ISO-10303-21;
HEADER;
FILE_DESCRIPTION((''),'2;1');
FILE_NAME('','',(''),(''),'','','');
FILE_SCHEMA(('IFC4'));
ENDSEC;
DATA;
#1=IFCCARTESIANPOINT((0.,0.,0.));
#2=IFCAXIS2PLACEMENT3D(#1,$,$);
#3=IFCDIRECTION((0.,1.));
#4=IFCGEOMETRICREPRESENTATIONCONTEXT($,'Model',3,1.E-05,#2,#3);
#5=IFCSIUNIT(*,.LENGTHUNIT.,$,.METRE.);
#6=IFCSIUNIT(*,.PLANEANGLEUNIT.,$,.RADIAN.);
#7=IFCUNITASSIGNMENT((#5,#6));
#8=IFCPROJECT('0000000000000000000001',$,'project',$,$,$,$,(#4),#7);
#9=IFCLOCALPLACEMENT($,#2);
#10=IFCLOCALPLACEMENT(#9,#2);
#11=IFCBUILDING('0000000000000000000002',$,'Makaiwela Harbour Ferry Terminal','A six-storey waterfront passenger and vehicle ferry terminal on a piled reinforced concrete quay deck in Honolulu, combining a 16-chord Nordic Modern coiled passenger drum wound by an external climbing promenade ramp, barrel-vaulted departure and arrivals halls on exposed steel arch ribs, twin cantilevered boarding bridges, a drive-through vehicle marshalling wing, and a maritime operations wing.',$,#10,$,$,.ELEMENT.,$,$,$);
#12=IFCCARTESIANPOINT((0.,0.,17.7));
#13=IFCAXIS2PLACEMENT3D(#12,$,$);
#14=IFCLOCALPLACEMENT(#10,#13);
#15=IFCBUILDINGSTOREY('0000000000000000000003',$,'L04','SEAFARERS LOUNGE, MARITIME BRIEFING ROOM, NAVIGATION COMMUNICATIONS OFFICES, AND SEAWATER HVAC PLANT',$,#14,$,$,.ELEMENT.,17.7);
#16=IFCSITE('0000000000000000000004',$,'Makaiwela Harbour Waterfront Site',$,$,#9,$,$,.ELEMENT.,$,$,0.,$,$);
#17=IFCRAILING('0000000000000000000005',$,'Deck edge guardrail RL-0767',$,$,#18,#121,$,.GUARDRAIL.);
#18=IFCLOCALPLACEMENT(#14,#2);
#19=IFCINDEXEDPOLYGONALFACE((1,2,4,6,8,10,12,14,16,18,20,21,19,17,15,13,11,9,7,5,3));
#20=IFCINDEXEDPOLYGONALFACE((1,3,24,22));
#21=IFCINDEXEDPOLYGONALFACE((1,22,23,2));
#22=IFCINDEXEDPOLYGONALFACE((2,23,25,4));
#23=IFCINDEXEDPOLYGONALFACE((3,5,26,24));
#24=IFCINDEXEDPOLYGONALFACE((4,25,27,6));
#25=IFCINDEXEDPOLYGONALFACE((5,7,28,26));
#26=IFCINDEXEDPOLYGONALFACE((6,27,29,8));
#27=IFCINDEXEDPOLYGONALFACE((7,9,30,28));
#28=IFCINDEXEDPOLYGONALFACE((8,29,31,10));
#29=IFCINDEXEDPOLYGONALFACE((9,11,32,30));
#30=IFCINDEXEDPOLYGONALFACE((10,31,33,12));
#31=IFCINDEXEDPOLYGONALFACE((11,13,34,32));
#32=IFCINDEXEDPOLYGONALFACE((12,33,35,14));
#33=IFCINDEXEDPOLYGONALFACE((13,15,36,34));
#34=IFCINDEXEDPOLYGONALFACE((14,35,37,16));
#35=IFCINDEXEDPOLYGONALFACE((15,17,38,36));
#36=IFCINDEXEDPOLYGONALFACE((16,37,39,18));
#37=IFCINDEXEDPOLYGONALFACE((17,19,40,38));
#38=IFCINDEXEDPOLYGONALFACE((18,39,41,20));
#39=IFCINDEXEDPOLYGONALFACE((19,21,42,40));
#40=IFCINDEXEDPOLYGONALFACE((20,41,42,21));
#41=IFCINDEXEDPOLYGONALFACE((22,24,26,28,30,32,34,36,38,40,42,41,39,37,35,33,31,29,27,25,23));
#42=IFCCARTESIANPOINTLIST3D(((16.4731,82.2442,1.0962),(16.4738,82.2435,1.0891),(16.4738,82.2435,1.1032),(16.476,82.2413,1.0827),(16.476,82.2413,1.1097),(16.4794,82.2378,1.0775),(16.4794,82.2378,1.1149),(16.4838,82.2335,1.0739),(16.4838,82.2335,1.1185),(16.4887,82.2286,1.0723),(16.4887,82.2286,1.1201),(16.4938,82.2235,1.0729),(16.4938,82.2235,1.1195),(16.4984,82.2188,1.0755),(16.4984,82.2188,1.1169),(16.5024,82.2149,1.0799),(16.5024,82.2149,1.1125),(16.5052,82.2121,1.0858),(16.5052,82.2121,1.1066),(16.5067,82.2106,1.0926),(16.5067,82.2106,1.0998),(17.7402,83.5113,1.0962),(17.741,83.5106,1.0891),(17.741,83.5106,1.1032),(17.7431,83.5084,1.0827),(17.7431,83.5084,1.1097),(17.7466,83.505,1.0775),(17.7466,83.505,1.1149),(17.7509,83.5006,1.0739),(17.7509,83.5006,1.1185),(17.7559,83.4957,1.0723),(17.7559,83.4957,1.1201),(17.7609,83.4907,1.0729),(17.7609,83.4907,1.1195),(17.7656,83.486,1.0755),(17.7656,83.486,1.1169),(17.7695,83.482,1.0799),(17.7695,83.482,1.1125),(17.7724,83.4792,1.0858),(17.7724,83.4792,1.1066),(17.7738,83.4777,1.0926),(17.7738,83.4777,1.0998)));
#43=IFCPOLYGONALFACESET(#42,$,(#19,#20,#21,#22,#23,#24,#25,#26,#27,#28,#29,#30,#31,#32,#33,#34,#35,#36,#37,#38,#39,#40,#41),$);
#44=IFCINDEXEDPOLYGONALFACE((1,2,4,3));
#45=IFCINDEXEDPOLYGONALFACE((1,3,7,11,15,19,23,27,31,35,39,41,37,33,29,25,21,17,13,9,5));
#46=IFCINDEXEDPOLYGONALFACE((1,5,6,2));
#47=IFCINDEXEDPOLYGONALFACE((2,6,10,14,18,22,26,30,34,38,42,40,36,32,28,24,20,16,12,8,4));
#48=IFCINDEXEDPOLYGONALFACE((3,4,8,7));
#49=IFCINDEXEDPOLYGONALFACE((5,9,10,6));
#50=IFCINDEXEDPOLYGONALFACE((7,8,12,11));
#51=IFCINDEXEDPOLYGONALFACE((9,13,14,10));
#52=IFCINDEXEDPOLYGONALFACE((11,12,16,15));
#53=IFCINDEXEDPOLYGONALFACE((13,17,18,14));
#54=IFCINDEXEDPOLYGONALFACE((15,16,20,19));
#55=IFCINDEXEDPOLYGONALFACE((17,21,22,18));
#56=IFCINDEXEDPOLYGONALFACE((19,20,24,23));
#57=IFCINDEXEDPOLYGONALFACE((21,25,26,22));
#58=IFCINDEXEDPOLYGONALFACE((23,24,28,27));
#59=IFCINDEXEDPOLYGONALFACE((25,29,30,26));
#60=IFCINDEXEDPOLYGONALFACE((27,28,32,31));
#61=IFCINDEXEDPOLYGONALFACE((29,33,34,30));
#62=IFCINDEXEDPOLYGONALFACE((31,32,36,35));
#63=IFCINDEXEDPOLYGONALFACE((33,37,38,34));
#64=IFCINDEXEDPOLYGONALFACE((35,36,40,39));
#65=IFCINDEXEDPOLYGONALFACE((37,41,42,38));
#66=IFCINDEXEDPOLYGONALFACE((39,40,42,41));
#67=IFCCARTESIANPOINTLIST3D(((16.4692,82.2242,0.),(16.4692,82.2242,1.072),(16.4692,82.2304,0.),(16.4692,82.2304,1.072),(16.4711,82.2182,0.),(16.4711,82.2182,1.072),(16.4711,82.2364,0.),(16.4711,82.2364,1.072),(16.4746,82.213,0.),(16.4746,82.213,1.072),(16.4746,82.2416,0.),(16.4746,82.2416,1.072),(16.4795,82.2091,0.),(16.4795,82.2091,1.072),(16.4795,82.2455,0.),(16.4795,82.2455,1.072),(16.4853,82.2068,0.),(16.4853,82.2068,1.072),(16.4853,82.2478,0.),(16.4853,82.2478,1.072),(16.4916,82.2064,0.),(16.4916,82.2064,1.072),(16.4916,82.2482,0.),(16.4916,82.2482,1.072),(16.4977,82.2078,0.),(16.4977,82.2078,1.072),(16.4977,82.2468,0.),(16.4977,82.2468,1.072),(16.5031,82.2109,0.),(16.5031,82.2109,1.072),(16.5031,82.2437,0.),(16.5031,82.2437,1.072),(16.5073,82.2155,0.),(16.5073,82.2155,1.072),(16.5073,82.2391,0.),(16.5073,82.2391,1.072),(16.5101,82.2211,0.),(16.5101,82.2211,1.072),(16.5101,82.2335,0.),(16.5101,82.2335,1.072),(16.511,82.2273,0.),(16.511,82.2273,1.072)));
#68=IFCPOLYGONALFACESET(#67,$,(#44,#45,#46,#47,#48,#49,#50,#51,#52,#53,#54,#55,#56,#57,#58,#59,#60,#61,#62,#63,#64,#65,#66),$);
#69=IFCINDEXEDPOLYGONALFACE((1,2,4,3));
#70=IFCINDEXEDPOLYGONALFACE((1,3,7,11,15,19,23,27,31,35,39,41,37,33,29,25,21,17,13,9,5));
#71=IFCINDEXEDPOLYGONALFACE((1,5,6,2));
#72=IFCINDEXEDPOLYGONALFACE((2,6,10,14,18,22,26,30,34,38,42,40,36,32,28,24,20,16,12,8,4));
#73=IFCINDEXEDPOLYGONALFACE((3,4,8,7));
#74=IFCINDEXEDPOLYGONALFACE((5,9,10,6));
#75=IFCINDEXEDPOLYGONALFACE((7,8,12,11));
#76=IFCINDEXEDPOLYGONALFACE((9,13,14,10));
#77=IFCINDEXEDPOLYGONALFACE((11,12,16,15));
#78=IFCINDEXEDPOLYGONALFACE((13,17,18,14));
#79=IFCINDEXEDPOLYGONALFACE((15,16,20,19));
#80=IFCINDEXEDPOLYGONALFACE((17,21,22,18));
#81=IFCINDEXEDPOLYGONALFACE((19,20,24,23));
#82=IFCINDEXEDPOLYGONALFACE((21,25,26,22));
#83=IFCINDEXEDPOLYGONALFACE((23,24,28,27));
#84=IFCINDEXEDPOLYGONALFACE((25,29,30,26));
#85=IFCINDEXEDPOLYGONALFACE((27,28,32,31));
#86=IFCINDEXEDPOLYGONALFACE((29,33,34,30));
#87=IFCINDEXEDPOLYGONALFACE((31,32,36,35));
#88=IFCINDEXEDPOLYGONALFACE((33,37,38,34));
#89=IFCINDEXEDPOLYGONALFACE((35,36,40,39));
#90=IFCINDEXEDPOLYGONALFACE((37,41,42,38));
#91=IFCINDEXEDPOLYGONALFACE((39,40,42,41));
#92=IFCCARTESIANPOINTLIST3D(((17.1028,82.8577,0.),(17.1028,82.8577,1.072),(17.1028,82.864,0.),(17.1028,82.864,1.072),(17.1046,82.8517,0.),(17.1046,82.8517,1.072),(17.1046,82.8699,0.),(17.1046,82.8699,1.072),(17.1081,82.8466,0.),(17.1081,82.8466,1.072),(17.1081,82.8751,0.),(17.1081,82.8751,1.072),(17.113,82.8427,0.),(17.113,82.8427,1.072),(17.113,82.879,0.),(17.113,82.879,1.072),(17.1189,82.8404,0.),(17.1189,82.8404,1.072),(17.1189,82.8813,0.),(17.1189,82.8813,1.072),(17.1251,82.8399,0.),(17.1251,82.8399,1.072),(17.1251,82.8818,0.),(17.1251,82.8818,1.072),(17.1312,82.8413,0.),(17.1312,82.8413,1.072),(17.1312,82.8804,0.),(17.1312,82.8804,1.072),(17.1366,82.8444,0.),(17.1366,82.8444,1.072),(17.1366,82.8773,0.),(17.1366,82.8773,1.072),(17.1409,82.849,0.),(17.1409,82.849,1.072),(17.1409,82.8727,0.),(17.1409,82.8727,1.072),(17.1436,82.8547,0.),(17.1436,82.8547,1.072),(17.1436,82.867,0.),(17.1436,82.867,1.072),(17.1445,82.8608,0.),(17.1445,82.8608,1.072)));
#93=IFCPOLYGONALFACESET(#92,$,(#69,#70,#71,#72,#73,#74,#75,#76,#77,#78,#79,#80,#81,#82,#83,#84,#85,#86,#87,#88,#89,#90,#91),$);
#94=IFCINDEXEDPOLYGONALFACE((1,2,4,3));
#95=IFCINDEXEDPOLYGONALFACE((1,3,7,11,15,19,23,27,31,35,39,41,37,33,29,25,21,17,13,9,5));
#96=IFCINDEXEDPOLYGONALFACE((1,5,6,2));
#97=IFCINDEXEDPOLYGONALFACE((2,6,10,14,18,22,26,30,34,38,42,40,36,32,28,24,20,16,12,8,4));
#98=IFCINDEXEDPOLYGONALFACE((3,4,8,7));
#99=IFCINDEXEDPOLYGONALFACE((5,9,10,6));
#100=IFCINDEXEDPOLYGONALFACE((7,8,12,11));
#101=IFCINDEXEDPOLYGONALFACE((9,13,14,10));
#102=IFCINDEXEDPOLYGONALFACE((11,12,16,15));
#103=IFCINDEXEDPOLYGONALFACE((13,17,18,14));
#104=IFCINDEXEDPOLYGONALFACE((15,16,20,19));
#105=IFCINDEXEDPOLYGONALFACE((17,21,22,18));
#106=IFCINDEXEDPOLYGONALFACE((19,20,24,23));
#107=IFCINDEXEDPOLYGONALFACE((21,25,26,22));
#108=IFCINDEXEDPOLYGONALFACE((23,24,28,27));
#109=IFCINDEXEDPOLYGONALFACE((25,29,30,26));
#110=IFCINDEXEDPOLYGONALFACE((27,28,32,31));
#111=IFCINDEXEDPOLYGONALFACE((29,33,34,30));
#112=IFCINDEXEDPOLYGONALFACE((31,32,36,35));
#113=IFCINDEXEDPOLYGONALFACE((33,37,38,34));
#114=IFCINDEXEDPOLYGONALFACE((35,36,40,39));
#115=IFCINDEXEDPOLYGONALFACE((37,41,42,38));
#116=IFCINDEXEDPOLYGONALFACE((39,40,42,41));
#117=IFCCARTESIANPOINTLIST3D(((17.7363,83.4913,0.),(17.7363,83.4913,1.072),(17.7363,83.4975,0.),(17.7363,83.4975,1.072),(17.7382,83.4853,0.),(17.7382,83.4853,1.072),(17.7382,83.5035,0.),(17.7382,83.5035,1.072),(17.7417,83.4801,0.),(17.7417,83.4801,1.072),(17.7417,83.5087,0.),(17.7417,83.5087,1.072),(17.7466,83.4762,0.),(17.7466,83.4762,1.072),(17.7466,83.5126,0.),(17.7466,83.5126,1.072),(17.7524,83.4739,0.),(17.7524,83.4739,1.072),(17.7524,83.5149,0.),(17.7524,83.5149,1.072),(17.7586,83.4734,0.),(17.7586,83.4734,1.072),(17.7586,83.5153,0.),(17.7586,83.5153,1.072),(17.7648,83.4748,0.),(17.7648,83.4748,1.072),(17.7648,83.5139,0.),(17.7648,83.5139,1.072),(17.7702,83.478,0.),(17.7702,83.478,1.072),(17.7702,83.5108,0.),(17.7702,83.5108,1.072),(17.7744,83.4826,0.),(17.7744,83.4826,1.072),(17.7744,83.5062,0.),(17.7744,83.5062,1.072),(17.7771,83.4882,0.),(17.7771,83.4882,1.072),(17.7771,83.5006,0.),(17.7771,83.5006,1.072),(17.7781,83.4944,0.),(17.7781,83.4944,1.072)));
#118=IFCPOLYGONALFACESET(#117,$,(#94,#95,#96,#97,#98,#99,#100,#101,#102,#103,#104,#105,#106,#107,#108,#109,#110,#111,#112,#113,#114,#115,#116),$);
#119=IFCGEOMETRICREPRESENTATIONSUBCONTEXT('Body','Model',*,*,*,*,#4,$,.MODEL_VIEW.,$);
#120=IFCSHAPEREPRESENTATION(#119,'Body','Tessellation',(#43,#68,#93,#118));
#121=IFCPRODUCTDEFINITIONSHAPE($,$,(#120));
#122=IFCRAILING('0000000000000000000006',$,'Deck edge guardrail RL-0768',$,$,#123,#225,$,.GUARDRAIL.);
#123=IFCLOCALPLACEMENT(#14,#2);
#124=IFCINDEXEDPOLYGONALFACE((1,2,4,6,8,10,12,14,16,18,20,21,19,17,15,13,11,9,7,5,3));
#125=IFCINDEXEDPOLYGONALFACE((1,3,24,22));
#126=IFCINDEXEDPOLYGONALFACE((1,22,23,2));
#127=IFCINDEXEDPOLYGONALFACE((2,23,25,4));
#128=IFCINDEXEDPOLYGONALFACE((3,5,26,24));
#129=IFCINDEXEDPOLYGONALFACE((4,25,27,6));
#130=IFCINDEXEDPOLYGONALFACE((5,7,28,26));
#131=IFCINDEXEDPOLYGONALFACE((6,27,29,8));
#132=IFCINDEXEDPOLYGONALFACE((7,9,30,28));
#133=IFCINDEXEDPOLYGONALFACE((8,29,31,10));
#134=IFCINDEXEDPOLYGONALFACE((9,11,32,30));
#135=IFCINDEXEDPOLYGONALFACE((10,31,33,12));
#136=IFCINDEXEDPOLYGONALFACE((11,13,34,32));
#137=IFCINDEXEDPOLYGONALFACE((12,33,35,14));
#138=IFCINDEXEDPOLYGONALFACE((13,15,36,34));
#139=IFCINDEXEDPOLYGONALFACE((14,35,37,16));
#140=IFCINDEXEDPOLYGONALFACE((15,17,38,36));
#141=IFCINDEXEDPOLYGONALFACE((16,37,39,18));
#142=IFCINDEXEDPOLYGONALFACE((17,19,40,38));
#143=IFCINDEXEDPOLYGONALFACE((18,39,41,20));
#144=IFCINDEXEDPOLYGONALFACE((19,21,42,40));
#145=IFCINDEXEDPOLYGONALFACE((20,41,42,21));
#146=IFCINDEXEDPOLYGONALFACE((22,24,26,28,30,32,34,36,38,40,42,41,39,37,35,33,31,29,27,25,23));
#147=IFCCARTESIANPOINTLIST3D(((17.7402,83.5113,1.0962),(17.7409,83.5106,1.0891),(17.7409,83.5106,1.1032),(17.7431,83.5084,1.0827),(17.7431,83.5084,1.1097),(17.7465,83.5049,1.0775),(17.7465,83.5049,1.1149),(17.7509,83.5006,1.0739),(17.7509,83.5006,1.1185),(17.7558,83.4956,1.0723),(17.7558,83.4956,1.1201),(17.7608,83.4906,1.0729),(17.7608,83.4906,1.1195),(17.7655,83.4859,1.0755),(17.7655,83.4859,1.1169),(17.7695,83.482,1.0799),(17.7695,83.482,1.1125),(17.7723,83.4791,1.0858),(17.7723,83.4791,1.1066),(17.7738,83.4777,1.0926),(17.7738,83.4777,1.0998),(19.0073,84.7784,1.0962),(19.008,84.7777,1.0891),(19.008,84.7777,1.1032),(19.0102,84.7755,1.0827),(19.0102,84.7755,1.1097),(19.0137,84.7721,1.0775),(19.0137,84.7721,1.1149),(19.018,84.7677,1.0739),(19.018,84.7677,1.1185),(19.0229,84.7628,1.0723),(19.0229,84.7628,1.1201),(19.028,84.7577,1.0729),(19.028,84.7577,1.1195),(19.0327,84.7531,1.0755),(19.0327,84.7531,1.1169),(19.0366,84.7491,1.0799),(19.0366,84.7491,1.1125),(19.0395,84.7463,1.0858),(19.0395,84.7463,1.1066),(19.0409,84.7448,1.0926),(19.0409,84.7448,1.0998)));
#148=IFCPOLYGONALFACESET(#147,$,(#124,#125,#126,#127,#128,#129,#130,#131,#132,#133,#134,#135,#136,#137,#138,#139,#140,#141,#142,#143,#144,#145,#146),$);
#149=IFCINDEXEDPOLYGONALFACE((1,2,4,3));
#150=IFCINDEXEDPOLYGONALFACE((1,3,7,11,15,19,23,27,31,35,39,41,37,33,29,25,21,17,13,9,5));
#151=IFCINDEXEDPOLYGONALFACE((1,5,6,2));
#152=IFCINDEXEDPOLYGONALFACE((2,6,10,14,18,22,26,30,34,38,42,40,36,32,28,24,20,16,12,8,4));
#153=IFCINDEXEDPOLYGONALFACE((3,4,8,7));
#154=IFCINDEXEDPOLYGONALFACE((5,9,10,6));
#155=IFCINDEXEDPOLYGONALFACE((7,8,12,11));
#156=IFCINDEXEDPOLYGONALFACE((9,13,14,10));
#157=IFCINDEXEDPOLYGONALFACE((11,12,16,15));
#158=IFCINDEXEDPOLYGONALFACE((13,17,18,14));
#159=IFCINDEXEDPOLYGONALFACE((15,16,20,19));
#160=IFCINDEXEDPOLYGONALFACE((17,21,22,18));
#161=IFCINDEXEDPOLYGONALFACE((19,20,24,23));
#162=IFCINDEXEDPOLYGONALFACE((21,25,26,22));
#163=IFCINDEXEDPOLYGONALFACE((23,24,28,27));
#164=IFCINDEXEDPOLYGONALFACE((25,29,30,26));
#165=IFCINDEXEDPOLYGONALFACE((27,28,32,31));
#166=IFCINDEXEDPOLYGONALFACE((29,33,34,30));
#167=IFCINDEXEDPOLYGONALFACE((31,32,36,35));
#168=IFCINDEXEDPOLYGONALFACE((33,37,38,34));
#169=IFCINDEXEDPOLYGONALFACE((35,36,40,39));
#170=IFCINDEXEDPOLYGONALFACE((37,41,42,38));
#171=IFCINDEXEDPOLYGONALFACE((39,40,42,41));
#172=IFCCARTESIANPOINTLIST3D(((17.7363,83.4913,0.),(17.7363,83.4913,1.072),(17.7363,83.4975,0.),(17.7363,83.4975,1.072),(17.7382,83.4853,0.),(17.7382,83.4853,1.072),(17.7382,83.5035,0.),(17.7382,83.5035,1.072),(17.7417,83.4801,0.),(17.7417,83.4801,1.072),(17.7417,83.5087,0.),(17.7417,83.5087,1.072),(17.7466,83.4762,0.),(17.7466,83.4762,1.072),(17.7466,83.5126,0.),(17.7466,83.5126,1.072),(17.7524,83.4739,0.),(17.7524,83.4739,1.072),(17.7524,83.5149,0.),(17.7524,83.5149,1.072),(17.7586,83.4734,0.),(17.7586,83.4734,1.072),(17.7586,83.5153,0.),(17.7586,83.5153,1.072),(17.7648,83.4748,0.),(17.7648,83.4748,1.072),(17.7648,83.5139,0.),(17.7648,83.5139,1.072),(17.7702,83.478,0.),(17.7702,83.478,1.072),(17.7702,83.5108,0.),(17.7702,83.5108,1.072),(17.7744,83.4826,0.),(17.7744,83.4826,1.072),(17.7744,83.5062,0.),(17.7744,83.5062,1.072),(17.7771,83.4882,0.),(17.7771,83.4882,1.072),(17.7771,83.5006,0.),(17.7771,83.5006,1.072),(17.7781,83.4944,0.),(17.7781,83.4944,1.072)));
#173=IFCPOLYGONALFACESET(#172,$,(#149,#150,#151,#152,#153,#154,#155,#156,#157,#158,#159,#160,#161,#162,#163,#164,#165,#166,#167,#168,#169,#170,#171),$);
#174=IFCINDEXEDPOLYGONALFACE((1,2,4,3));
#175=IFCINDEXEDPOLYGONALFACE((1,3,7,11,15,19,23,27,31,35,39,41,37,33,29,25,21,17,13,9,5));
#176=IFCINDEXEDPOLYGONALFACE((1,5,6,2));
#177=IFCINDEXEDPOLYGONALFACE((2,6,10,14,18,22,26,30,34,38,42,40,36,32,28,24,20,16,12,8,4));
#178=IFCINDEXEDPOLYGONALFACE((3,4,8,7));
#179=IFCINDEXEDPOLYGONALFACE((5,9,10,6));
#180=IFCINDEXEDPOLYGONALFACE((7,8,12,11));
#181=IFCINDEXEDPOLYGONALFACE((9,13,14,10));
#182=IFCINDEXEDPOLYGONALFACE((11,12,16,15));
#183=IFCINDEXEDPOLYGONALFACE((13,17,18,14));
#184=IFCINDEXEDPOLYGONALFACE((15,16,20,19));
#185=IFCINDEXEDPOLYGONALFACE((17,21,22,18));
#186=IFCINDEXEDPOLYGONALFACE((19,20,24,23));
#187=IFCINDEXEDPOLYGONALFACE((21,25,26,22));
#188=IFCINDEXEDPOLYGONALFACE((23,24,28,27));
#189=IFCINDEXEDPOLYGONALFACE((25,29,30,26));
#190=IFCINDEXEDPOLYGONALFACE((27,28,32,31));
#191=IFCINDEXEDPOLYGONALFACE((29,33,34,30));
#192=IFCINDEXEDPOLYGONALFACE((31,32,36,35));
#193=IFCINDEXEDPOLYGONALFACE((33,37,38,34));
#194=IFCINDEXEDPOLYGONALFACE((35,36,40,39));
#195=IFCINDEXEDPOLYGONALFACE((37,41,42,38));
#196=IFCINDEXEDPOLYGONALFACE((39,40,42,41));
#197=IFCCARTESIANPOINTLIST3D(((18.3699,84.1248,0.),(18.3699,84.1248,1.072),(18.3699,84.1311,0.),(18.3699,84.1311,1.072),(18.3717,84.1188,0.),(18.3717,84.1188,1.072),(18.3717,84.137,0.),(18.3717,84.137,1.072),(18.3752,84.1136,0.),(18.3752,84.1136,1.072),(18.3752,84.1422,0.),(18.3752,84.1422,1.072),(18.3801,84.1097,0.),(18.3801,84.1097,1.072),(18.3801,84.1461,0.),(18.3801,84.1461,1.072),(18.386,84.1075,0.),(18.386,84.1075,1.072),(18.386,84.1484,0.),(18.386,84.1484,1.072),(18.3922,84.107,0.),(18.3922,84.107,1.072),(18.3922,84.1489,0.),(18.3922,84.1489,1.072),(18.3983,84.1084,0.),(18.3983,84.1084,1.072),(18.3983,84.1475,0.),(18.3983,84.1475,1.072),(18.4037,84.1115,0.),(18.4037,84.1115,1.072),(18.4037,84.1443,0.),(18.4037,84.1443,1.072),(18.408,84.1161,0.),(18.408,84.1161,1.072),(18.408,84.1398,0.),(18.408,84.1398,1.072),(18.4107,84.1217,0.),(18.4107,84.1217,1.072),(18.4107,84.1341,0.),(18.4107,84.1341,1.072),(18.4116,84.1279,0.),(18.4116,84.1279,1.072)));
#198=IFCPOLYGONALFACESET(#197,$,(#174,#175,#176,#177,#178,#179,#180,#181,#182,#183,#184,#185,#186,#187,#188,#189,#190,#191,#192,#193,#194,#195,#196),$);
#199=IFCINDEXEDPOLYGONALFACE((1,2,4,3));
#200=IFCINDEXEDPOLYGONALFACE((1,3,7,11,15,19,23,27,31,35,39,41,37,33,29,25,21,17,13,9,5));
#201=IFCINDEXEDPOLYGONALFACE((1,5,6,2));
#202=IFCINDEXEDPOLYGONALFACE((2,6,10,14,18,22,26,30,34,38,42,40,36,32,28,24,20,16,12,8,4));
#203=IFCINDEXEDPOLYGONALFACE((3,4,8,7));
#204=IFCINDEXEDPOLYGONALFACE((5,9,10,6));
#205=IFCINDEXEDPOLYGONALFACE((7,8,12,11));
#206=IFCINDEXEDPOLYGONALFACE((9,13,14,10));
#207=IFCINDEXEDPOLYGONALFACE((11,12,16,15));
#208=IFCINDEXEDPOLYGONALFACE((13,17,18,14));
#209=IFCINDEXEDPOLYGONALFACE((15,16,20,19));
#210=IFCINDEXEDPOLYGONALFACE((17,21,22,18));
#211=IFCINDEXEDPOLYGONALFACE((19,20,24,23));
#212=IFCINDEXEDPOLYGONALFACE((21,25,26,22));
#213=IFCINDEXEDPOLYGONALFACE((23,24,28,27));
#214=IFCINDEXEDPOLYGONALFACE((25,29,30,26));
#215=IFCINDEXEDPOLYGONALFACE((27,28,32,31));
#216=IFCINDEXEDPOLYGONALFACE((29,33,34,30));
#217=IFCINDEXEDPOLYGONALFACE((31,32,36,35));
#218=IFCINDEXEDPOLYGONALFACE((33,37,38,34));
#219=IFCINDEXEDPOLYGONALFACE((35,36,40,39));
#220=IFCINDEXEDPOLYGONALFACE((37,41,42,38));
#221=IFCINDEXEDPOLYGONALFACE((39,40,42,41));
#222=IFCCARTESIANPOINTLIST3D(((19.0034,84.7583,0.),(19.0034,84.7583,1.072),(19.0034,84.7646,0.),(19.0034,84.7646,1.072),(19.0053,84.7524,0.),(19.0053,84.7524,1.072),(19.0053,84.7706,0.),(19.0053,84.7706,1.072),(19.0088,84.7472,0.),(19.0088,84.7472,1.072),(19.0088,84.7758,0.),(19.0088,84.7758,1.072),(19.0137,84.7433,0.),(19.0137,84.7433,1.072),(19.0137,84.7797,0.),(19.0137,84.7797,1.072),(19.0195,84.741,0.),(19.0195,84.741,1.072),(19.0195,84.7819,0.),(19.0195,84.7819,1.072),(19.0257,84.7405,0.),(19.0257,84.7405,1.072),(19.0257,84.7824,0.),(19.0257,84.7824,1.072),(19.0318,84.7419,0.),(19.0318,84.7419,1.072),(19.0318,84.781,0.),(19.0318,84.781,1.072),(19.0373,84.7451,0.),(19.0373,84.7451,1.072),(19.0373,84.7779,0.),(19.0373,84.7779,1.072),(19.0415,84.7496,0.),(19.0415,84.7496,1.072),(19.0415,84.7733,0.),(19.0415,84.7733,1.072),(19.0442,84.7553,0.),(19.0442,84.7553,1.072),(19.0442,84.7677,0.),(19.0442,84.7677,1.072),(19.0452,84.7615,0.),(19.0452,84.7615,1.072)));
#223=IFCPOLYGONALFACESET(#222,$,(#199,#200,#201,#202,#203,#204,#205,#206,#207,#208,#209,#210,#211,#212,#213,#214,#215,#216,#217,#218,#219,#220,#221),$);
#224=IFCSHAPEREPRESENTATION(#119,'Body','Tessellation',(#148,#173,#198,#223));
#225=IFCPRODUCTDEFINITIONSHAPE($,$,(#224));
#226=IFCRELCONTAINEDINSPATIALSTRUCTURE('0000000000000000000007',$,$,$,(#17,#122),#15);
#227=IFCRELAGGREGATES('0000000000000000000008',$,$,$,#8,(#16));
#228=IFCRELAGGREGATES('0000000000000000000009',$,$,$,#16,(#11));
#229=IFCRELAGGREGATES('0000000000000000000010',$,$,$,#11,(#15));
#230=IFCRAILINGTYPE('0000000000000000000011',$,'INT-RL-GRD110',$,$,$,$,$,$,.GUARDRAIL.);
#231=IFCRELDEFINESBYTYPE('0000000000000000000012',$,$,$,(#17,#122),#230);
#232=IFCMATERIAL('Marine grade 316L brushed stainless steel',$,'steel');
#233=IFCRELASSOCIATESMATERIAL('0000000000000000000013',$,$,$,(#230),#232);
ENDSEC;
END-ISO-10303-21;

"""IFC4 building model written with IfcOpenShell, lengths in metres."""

from ifc_helpers import new_model, si_unit, direction, frame, origin, origin_2d, place, context, subcontext, project, spatial, circle, extrude, material, type_object, element, save


model = new_model("IFC4")

# Units and contexts
model_context = context("Model", 3, precision=1e-05, world=origin(), true_north=direction((0.0, 1.0)))
body_context = subcontext(model_context, "Body", "Model", "MODEL_VIEW")
ifc_project = project(units=[si_unit("LENGTHUNIT", "METRE"), si_unit("PLANEANGLEUNIT", "RADIAN")], contexts=[model_context])

# Site, building, storey
site_placement = place(None, origin())
site = spatial("IfcSite", under=ifc_project, at=site_placement, Name="Makaiwela Harbour Waterfront Site", CompositionType="ELEMENT", RefElevation=0.0)
building_placement = place(site_placement, origin())
building = spatial("IfcBuilding", under=site, at=building_placement, Name="Makaiwela Harbour Ferry Terminal", Description="A six-storey waterfront passenger and vehicle ferry terminal on a piled reinforced concrete quay deck in Honolulu, combining a 16-chord Nordic Modern coiled passenger drum wound by an external climbing promenade ramp, barrel-vaulted departure and arrivals halls on exposed steel arch ribs, twin cantilevered boarding bridges, a drive-through vehicle marshalling wing, and a maritime operations wing.", CompositionType="ELEMENT")
storey_placement = place(building_placement, frame((0.0, 0.0, 17.7)))
storey = spatial("IfcBuildingStorey", under=building, at=storey_placement, Name="L04", Description="SEAFARERS LOUNGE, MARITIME BRIEFING ROOM, NAVIGATION COMMUNICATIONS OFFICES, AND SEAWATER HVAC PLANT", CompositionType="ELEMENT", Elevation=17.7)

# Railings
ifc_material_1 = material(Name="Marine grade 316L brushed stainless steel", Category="steel")
railing_type = type_object("IfcRailingType", Name="INT-RL-GRD110", PredefinedType="GUARDRAIL", material=ifc_material_1)
for number, where, name in (
    (1, (16.49, 82.2273, 0.0), "Deck edge guardrail RL-0767"),
    (2, (17.7571, 83.4944, 0.0), "Deck edge guardrail RL-0768"),
):
    element("IfcRailing", number, at=place(storey_placement, frame(where)), inside=storey, type_object=railing_type, Name=name, PredefinedType="GUARDRAIL", context=body_context, shape_type="SweptSolid", body=[
        extrude(circle(Radius=0.0239, at=origin_2d()), frame((0.0, 0.0, 1.0962), z_axis=(0.707107, 0.707107, 0.0), x_axis=(-0.707107, 0.707107, 0.0)), (0.0, 0.0, 1.0), 1.792),
        extrude(circle(Radius=0.021, at=origin_2d()), origin(), (0.0, 0.0, 1.0), 1.072),
        extrude(circle(Radius=0.021, at=origin_2d()), frame((0.6335, 0.6335, 0.0)), (0.0, 0.0, 1.0), 1.072),
        extrude(circle(Radius=0.021, at=origin_2d()), frame((1.2671, 1.2671, 0.0)), (0.0, 0.0, 1.0), 1.072),
    ])

save(model, "model.ifc")
